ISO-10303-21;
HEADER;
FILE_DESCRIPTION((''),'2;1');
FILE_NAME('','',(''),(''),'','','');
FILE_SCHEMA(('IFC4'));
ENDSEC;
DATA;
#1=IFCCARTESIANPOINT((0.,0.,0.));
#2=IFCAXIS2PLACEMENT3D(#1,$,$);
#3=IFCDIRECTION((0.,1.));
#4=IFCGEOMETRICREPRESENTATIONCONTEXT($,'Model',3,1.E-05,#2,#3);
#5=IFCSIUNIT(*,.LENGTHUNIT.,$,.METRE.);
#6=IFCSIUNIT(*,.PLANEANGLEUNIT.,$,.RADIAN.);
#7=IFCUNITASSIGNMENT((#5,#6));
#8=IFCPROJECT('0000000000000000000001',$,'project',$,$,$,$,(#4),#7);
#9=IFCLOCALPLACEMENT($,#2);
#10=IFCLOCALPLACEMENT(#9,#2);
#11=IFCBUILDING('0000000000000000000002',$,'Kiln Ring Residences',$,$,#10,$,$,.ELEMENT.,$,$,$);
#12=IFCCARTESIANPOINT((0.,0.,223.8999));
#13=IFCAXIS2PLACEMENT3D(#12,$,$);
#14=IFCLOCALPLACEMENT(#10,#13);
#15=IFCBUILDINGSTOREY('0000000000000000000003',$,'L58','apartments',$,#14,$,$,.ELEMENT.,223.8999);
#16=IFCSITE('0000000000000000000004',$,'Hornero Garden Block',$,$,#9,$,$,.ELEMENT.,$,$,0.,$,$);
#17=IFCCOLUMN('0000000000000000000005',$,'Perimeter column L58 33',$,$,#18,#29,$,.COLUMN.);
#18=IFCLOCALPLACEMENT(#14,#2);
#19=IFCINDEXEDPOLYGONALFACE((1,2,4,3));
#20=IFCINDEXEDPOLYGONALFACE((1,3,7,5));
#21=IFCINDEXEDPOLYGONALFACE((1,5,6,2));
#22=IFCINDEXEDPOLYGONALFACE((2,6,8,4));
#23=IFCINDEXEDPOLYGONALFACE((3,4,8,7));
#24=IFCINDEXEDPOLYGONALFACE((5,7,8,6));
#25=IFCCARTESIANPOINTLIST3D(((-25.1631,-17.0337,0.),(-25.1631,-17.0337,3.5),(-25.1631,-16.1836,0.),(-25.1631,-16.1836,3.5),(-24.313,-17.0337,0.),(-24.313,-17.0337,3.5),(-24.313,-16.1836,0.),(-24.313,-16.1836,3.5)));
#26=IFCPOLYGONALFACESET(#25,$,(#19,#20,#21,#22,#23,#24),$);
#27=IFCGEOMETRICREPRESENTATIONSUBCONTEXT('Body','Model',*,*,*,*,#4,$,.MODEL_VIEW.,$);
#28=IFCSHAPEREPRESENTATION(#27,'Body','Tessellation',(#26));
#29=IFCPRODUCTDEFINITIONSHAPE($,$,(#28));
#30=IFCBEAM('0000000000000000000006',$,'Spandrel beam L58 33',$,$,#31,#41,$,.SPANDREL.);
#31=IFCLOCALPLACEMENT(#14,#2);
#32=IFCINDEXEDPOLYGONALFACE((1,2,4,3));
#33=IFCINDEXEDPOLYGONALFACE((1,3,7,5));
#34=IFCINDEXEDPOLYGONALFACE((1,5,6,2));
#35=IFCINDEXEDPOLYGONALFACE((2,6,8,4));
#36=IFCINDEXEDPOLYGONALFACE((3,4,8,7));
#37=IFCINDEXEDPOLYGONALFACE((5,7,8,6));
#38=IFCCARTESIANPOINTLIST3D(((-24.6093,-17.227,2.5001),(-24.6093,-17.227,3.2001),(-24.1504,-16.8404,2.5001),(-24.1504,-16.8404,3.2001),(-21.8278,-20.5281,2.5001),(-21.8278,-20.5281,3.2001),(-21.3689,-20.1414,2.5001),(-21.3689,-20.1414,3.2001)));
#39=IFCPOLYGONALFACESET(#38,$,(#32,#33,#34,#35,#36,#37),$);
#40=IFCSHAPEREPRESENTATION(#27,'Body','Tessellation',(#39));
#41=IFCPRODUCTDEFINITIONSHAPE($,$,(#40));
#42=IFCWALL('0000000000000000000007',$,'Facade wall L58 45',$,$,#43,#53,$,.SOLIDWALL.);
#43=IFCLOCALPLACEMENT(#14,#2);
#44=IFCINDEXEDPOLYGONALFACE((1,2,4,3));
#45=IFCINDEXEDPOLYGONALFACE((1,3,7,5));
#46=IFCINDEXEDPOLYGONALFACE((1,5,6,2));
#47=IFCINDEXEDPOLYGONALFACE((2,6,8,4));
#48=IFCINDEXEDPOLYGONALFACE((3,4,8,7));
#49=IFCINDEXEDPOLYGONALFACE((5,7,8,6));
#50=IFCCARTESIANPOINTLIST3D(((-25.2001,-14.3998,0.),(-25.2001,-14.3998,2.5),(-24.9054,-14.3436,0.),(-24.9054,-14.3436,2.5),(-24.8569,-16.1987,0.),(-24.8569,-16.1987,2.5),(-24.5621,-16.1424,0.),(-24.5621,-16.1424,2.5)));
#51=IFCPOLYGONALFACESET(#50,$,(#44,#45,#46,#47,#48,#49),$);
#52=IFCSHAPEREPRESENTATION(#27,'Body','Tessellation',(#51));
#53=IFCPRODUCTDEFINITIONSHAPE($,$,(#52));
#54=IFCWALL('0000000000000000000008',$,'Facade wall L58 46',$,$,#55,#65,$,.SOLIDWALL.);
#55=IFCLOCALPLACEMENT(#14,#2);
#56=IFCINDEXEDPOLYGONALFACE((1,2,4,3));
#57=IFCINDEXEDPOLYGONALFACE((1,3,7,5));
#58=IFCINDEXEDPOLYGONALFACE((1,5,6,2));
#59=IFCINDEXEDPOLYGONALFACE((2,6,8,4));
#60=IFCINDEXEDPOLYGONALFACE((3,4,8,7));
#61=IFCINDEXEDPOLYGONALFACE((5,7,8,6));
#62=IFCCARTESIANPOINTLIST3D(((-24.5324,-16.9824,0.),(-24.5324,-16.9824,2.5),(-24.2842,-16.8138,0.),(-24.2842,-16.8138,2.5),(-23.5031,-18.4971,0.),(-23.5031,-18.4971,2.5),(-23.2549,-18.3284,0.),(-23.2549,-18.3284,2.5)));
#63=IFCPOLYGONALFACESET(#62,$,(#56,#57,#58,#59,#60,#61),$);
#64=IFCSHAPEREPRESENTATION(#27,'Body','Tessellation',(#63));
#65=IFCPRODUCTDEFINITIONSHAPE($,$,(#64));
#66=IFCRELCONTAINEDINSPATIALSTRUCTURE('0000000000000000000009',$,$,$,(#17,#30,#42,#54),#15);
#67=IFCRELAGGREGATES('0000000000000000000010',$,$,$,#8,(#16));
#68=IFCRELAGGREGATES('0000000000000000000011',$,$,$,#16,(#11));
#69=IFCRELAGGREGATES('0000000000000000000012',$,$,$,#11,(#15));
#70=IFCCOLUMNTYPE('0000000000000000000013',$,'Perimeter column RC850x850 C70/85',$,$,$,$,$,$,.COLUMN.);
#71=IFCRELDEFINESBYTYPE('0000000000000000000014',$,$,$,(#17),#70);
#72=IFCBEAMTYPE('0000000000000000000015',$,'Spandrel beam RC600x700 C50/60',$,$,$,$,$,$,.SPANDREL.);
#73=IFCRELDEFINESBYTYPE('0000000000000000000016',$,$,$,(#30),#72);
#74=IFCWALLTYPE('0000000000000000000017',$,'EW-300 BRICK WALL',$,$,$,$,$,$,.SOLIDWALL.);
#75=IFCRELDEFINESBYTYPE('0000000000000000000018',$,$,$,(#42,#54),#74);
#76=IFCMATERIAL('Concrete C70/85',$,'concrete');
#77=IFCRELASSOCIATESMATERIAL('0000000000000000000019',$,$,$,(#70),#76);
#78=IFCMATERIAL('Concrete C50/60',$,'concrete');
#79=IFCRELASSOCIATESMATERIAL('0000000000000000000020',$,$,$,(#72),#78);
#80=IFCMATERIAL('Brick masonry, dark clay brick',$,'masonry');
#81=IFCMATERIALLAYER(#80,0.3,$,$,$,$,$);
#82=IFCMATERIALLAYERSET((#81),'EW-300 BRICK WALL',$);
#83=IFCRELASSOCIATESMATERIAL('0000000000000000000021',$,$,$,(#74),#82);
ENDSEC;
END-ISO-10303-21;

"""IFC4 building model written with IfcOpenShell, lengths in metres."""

from ifc_helpers import new_model, si_unit, direction, frame, frame_2d, origin, origin_2d, place, context, subcontext, project, spatial, rectangle, extrude, material, layer, layer_set, material_profile, profile_set, type_object, element, save


model = new_model("IFC4")

# Units and contexts
model_context = context("Model", 3, precision=1e-05, world=origin(), true_north=direction((0.0, 1.0)))
body_context = subcontext(model_context, "Body", "Model", "MODEL_VIEW")
ifc_project = project(units=[si_unit("LENGTHUNIT", "METRE"), si_unit("PLANEANGLEUNIT", "RADIAN")], contexts=[model_context])

# Site, building, storey
site_placement = place(None, origin())
site = spatial("IfcSite", under=ifc_project, at=site_placement, Name="Hornero Garden Block", CompositionType="ELEMENT", RefElevation=0.0)
building_placement = place(site_placement, origin())
building = spatial("IfcBuilding", under=site, at=building_placement, Name="Kiln Ring Residences", CompositionType="ELEMENT")
storey_placement = place(building_placement, frame((0.0, 0.0, 223.8999)))
storey = spatial("IfcBuildingStorey", under=building, at=storey_placement, Name="L58", Description="apartments", CompositionType="ELEMENT", Elevation=223.8999)

# Column
ifc_material_1 = material(Name="Concrete C70/85", Category="concrete")
ifc_material_profile_1 = material_profile(ifc_material_1, rectangle(XDim=0.8501, YDim=0.8501, at=origin_2d()), Name="RC850x850")
ifc_profile_set_1 = profile_set([ifc_material_profile_1], Name="Concrete C70/85")
column_type = type_object("IfcColumnType", Name="Perimeter column RC850x850 C70/85", PredefinedType="COLUMN", material=ifc_profile_set_1)
column_placement = place(storey_placement, frame((-24.738, -16.6086, 0.0), z_axis=(0.0, 0.0, 1.0), x_axis=(1.0, 0.0, 0.0)))
element("IfcColumn", 1, at=column_placement, inside=storey, type_object=column_type, Name="Perimeter column L58 33", PredefinedType="COLUMN", context=body_context, shape_type="SweptSolid", body=[
    extrude(rectangle(XDim=0.8501, YDim=0.8501, at=origin_2d()), origin(), (0.0, 0.0, 1.0), 3.5),
])

# Beam
ifc_material_2 = material(Name="Concrete C50/60", Category="concrete")
ifc_material_profile_2 = material_profile(ifc_material_2, rectangle(XDim=0.6001, YDim=0.7, at=origin_2d()), Name="RC600x700")
ifc_profile_set_2 = profile_set([ifc_material_profile_2], Name="Concrete C50/60")
beam_type = type_object("IfcBeamType", Name="Spandrel beam RC600x700 C50/60", PredefinedType="SPANDREL", material=ifc_profile_set_2)
beam_placement = place(storey_placement, frame((-24.3799, -17.0337, 2.8501), z_axis=(0.644364, -0.764719, 0.0), x_axis=(0.764719, 0.644364, 0.0)))
element("IfcBeam", 2, at=beam_placement, inside=storey, type_object=beam_type, Name="Spandrel beam L58 33", PredefinedType="SPANDREL", context=body_context, shape_type="SweptSolid", body=[
    extrude(rectangle(XDim=0.6001, YDim=0.7, at=origin_2d()), origin(), (0.0, 0.0, 1.0), 4.3167),
])

# Walls
ifc_material_3 = material(Name="Brick masonry, dark clay brick", Category="masonry")
ifc_layer_1 = layer(ifc_material_3, 0.3)
ifc_layer_set_1 = layer_set([ifc_layer_1], Name="EW-300 BRICK WALL")
wall_type_1 = type_object("IfcWallType", Name="EW-300 BRICK WALL", PredefinedType="SOLIDWALL", material=ifc_layer_set_1)
for number, where, z_axis, x_axis, name in (
    (3, (-25.0527, -14.3718, 0.0), (0.0, 0.0, 1.0), (0.187443, -0.982275, 0.0), "Facade wall L58 45"),
    (4, (-24.4082, -16.8982, 0.0), (0.0, 0.0, 1.0), (0.562062, -0.827095, 0.0), "Facade wall L58 46"),
):
    element("IfcWall", number, at=place(storey_placement, frame(where, z_axis=z_axis, x_axis=x_axis)), inside=storey, type_object=wall_type_1, Name=name, PredefinedType="SOLIDWALL", context=body_context, shape_type="SweptSolid", body=[
        extrude(rectangle(XDim=1.8313, YDim=0.3, at=frame_2d((0.9155, 0.0))), origin(), (0.0, 0.0, 1.0), 2.5),
    ])

save(model, "model.ifc")
